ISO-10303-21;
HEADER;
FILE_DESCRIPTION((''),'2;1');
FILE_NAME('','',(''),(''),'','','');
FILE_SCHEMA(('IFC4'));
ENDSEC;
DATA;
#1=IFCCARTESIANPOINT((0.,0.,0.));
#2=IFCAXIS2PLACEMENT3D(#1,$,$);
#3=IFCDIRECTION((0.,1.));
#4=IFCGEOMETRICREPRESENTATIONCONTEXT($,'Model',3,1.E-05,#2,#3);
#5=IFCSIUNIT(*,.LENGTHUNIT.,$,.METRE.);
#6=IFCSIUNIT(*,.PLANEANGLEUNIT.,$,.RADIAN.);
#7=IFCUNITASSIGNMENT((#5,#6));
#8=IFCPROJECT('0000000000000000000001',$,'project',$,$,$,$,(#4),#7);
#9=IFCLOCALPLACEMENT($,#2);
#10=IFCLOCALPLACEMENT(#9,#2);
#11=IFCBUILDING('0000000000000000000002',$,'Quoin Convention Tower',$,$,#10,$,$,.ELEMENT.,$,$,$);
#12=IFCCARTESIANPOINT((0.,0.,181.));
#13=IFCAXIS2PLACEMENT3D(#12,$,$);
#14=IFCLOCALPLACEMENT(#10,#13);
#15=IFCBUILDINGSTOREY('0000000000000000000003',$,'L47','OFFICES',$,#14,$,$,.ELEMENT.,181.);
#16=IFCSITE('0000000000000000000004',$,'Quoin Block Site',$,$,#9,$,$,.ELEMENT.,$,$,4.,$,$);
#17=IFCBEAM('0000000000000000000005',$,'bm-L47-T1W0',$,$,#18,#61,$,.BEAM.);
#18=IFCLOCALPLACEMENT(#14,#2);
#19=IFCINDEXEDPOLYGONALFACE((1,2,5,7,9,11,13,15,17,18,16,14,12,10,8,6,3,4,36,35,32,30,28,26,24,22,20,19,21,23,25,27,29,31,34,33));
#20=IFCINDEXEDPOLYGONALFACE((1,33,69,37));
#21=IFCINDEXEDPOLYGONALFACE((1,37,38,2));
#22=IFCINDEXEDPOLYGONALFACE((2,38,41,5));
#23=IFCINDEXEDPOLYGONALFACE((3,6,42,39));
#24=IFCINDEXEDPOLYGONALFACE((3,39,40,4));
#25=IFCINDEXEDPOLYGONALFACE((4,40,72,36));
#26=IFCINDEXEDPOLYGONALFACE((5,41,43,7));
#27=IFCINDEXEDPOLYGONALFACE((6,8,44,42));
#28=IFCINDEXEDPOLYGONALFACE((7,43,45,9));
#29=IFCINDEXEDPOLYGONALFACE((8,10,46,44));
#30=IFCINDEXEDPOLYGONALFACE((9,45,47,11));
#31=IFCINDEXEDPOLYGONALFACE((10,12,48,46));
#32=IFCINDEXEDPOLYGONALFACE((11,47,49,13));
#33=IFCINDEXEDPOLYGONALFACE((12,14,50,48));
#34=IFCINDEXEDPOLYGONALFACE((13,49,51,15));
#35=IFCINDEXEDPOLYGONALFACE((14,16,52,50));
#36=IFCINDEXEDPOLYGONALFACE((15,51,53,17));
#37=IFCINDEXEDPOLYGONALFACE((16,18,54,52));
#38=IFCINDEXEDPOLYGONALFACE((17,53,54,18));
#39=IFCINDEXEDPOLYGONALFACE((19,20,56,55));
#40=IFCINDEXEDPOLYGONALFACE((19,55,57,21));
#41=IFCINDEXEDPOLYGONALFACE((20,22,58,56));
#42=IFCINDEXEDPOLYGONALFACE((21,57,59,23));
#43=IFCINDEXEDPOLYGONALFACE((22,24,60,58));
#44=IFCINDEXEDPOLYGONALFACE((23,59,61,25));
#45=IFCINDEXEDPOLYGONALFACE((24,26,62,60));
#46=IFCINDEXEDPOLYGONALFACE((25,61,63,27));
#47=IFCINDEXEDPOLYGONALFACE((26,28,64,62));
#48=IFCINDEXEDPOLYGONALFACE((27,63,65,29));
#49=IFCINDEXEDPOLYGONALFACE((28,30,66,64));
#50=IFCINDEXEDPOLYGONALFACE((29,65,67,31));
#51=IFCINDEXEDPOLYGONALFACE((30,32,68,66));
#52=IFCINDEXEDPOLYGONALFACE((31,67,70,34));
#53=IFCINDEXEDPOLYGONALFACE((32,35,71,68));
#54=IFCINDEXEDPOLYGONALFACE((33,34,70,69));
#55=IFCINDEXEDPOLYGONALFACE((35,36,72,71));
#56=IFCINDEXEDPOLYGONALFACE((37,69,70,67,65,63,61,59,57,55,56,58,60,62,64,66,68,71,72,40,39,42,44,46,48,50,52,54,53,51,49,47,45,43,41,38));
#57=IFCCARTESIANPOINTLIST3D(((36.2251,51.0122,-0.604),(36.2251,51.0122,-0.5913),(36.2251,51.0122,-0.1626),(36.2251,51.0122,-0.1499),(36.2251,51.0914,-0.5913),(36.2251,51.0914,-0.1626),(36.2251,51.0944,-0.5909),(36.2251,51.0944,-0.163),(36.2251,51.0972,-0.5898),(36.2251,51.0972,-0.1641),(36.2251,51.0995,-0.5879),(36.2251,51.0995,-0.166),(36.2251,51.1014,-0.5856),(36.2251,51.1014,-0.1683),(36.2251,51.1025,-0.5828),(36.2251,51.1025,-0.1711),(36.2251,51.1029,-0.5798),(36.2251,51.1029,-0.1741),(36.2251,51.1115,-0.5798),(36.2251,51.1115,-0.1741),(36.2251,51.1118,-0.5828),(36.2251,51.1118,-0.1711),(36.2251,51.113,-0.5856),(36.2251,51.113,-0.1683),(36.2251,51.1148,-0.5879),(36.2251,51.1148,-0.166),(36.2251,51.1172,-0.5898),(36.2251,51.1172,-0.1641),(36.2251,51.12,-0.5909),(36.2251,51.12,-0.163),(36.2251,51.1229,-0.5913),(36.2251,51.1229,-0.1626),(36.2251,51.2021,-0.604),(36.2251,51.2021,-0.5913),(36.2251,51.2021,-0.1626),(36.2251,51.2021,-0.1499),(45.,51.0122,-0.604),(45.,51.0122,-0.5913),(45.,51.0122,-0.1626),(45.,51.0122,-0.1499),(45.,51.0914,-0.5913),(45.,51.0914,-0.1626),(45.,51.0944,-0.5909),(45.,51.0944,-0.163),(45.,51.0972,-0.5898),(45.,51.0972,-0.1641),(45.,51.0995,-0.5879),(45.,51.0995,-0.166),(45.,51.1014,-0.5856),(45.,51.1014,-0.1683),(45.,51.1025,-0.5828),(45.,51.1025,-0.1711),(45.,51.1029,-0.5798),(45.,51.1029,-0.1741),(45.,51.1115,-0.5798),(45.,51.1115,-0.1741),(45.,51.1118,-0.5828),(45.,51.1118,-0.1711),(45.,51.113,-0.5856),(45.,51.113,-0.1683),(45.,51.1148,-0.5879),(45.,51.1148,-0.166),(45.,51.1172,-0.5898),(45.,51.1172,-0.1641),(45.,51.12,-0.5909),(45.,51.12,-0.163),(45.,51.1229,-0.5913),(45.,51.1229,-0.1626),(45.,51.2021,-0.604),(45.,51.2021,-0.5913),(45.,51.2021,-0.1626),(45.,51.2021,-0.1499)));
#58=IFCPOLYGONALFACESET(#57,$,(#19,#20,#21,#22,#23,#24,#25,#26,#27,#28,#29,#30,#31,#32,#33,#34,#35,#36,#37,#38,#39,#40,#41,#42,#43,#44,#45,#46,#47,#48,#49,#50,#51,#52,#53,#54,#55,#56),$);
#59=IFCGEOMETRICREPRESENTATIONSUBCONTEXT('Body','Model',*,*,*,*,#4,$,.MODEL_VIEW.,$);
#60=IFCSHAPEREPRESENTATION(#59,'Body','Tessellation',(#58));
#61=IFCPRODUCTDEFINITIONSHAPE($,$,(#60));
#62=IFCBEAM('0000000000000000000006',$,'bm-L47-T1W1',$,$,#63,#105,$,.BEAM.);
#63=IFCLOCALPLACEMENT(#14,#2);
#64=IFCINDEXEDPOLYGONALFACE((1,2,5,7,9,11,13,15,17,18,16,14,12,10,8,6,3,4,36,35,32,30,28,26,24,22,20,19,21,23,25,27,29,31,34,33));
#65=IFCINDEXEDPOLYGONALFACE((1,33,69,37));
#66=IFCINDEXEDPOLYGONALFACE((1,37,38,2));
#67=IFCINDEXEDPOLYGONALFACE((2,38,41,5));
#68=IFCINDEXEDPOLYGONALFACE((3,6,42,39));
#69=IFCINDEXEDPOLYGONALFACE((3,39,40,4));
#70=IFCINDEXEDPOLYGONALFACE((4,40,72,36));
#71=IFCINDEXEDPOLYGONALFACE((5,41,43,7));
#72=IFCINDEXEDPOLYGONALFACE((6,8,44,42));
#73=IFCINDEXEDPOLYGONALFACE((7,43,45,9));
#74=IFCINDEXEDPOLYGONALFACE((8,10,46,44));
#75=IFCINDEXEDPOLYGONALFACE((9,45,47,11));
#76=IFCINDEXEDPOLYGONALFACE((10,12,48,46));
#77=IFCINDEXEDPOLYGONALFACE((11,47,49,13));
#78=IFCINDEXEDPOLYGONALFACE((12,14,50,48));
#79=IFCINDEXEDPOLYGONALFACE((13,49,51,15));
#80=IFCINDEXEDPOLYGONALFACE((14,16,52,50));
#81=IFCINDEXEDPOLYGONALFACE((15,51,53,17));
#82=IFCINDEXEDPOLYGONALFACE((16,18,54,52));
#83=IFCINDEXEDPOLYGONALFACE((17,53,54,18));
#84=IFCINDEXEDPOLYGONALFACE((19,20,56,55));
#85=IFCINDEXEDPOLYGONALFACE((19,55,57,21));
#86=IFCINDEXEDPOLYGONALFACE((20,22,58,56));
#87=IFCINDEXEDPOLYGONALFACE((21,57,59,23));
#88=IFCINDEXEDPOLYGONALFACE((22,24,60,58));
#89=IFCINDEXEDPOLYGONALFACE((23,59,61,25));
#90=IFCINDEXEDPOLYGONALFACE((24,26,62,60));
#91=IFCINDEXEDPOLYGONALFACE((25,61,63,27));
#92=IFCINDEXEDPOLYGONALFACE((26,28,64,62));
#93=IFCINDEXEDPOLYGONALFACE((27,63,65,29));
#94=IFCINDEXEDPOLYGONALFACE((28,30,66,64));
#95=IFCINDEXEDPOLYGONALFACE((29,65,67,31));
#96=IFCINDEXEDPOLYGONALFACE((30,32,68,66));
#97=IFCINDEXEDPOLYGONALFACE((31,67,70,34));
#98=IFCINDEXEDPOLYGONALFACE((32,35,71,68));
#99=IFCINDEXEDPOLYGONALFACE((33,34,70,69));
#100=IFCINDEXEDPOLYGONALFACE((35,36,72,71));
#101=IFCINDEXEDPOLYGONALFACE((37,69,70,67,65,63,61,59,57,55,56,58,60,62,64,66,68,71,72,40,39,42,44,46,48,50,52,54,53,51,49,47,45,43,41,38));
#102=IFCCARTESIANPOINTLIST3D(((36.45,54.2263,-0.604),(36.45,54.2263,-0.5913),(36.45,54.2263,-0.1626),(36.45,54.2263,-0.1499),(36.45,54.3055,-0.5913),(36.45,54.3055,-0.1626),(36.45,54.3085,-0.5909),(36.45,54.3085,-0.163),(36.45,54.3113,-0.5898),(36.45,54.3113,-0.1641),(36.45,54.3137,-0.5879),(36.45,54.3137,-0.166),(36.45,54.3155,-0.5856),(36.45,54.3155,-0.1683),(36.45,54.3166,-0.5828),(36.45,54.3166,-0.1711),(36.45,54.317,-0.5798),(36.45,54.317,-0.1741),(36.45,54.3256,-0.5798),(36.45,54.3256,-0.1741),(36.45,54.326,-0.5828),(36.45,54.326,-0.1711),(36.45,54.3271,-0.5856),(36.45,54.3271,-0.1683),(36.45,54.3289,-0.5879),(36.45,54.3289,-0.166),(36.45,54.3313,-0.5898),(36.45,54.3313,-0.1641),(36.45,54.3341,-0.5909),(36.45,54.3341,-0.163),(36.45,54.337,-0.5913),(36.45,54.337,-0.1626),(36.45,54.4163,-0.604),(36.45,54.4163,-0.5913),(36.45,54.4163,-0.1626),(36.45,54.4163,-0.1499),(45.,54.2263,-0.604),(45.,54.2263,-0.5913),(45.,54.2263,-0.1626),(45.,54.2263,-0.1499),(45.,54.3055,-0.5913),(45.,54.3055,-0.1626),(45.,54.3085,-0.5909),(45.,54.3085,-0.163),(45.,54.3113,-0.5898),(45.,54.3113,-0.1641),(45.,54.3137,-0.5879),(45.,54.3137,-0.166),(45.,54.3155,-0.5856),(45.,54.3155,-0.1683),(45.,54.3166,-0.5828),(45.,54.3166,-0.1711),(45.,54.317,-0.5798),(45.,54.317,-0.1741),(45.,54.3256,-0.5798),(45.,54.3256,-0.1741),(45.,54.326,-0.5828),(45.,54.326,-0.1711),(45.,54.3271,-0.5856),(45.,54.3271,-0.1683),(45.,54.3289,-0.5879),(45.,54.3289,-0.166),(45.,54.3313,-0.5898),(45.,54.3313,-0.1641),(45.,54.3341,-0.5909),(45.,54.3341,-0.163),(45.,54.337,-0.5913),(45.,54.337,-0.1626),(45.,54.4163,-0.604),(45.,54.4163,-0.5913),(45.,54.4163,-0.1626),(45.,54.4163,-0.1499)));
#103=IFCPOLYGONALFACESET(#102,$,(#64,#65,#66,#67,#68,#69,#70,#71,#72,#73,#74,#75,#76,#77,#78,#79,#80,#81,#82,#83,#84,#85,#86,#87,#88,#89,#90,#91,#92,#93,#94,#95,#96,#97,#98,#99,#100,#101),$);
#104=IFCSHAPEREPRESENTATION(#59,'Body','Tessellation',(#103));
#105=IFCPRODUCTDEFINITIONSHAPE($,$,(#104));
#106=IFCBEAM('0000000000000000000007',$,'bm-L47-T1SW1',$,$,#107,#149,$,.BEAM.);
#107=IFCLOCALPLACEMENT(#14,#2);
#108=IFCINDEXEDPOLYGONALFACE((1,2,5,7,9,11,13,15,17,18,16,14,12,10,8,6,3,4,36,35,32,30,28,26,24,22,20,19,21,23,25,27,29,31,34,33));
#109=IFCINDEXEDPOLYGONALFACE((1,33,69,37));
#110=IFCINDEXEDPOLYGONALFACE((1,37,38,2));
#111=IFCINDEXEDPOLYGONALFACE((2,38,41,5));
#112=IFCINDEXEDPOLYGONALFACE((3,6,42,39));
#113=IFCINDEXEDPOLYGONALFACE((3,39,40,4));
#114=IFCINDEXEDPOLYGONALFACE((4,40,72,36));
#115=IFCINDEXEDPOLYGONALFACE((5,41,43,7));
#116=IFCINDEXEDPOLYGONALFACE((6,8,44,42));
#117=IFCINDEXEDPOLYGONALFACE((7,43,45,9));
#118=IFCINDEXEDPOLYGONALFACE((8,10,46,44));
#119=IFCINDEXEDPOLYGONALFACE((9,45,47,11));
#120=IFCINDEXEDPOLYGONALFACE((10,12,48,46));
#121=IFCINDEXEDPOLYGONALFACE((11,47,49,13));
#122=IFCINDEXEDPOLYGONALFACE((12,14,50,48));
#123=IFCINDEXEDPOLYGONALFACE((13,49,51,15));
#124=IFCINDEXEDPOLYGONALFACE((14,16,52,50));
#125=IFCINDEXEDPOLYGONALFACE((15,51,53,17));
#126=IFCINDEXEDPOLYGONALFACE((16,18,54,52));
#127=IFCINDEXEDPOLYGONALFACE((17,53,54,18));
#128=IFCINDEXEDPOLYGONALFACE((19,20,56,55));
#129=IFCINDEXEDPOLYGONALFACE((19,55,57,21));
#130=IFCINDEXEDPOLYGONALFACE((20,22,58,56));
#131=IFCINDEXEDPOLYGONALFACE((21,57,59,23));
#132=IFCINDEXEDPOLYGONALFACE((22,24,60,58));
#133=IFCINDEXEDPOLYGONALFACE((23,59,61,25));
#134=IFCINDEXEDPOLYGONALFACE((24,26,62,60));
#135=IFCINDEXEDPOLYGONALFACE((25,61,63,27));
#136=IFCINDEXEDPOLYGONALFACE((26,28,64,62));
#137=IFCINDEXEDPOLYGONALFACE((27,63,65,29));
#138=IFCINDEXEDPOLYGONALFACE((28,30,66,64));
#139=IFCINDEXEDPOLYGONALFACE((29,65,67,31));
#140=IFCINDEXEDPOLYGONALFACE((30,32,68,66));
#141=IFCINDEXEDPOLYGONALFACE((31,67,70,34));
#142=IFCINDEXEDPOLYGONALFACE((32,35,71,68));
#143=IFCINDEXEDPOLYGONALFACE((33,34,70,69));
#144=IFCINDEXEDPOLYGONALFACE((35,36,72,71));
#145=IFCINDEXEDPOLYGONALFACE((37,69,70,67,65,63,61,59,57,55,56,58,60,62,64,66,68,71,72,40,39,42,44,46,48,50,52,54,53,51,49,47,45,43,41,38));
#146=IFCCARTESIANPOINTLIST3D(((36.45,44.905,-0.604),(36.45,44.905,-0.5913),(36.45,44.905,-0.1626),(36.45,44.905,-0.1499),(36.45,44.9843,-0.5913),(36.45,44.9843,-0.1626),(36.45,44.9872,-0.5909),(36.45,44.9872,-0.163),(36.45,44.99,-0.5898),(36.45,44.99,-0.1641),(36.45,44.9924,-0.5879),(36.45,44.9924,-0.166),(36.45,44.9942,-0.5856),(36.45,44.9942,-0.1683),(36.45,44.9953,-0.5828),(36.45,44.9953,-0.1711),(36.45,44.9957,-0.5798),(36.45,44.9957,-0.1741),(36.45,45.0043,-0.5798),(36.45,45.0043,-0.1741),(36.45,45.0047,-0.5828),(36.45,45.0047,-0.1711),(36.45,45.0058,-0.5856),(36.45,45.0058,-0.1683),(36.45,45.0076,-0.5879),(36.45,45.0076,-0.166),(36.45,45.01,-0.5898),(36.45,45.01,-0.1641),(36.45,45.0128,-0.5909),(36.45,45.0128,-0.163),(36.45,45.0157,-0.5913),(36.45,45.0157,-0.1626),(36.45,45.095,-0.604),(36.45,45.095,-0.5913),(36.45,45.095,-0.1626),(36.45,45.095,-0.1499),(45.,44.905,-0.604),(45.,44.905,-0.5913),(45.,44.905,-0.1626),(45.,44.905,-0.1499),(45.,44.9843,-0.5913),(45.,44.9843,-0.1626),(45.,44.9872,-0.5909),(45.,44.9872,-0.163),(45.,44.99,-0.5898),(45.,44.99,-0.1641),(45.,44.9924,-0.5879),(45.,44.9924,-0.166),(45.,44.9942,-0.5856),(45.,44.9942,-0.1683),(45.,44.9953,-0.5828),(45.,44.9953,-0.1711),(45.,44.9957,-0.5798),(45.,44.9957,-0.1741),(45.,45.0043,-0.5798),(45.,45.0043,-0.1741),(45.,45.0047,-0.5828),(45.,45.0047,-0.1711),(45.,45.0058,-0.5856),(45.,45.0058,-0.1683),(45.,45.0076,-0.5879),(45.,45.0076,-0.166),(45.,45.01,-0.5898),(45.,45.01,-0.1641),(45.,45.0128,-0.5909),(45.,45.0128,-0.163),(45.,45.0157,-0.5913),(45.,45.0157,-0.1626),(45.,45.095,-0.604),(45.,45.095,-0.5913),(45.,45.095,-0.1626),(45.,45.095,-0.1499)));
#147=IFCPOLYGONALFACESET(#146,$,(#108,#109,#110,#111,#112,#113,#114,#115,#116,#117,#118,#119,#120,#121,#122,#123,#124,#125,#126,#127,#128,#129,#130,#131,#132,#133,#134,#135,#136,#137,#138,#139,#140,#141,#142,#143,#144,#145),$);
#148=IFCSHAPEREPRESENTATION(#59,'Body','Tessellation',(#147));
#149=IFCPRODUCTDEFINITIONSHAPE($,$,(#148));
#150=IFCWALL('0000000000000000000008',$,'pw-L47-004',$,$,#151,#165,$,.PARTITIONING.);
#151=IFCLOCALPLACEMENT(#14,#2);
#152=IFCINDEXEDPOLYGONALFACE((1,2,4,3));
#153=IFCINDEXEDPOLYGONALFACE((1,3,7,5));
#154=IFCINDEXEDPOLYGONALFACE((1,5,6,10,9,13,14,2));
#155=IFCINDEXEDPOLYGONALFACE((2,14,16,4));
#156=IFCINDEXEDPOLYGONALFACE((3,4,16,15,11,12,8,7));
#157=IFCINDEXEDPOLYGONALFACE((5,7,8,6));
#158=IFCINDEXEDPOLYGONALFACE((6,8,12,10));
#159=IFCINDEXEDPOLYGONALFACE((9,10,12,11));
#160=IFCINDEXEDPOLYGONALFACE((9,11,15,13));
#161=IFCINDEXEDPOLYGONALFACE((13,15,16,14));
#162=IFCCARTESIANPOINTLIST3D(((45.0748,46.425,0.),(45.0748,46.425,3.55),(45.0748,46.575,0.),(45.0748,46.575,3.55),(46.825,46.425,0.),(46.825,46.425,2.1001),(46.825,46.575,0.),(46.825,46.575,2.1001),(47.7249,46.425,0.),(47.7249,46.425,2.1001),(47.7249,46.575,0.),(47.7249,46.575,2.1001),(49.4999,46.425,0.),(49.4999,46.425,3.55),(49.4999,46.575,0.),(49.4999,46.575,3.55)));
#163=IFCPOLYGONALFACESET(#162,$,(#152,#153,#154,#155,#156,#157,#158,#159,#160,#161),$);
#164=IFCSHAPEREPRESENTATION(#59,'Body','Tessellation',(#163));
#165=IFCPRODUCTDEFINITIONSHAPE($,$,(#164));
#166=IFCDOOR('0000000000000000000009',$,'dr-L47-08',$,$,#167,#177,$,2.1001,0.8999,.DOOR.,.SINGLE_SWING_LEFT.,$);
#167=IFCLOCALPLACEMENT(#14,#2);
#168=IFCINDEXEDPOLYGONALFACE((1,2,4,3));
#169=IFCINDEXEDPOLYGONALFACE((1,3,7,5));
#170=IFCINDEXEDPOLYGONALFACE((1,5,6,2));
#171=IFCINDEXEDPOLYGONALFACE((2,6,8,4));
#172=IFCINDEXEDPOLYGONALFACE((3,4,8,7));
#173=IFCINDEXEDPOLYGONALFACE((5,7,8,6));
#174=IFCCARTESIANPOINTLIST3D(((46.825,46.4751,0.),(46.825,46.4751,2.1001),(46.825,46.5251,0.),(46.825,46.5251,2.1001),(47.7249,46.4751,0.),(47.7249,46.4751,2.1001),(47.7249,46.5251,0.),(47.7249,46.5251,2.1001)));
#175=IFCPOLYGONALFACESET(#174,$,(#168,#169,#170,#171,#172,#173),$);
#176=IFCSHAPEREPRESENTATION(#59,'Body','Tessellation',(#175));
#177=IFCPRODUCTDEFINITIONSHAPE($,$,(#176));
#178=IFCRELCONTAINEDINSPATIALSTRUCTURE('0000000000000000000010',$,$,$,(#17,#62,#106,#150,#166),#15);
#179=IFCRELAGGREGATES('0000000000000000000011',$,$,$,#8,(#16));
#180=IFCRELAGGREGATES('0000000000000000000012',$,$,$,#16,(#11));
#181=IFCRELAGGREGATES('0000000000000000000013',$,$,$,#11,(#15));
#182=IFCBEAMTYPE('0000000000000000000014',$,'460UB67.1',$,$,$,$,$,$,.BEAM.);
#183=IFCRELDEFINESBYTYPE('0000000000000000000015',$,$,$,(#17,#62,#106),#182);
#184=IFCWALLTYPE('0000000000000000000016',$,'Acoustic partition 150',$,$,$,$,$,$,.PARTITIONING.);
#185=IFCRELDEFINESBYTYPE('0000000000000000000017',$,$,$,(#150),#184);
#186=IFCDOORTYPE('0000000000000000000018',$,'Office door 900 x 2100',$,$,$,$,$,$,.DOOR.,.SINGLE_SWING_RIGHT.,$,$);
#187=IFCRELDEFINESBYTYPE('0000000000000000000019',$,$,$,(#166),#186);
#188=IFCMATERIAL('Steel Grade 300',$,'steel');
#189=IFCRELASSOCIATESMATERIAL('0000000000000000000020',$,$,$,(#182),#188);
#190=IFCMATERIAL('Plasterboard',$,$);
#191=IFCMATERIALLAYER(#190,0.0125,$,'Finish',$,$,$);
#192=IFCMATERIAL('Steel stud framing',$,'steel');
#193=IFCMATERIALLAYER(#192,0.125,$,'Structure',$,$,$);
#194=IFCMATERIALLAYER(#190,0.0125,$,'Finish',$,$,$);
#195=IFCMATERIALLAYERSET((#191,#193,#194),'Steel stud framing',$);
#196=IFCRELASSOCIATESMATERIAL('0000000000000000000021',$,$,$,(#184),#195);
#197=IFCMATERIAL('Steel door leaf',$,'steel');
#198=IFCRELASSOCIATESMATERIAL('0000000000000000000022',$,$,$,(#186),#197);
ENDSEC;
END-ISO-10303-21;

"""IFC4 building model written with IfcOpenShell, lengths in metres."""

from ifc_helpers import new_model, si_unit, direction, frame, frame_2d, origin, origin_2d, place, context, subcontext, project, spatial, rectangle, i_section, extrude, material, layer, layer_set, material_profile, profile_set, type_object, element, fill, save


model = new_model("IFC4")

# Units and contexts
model_context = context("Model", 3, precision=1e-05, world=origin(), true_north=direction((0.0, 1.0)))
body_context = subcontext(model_context, "Body", "Model", "MODEL_VIEW")
ifc_project = project(units=[si_unit("LENGTHUNIT", "METRE"), si_unit("PLANEANGLEUNIT", "RADIAN")], contexts=[model_context])

# Site, building, storey
site_placement = place(None, origin())
site = spatial("IfcSite", under=ifc_project, at=site_placement, Name="Quoin Block Site", CompositionType="ELEMENT", RefElevation=4.0)
building_placement = place(site_placement, origin())
building = spatial("IfcBuilding", under=site, at=building_placement, Name="Quoin Convention Tower", CompositionType="ELEMENT")
storey_placement = place(building_placement, frame((0.0, 0.0, 181.0)))
storey = spatial("IfcBuildingStorey", under=building, at=storey_placement, Name="L47", Description="OFFICES", CompositionType="ELEMENT", Elevation=181.0)

# Beams
ifc_material_1 = material(Name="Steel Grade 300", Category="steel")
ifc_material_profile = material_profile(ifc_material_1, i_section(OverallWidth=0.1899, OverallDepth=0.4541, WebThickness=0.0085, FlangeThickness=0.0127, FilletRadius=0.0115, at=origin_2d()), Name="460UB67.1")
ifc_profile_set = profile_set([ifc_material_profile], Name="Steel Grade 300")
beam_type = type_object("IfcBeamType", Name="460UB67.1", PredefinedType="BEAM", material=ifc_profile_set)
beam_placement = place(storey_placement, frame((36.2251, 51.1072, -0.377), z_axis=(1.0, 0.0, 0.0), x_axis=(0.0, 1.0, 0.0)))
element("IfcBeam", 1, at=beam_placement, inside=storey, type_object=beam_type, Name="bm-L47-T1W0", PredefinedType="BEAM", context=body_context, shape_type="SweptSolid", body=[
    extrude(i_section(OverallWidth=0.1899, OverallDepth=0.4541, WebThickness=0.0085, FlangeThickness=0.0127, FilletRadius=0.0115, at=origin_2d()), origin(), (0.0, 0.0, 1.0), 8.7749),
])
for number, where, z_axis, x_axis, name in (
    (2, (36.45, 54.3213, -0.377), (1.0, 0.0, 0.0), (0.0, 1.0, 0.0), "bm-L47-T1W1"),
    (3, (36.45, 45.0, -0.377), (1.0, 0.0, 0.0), (0.0, 1.0, 0.0), "bm-L47-T1SW1"),
):
    element("IfcBeam", number, at=place(storey_placement, frame(where, z_axis=z_axis, x_axis=x_axis)), inside=storey, type_object=beam_type, Name=name, PredefinedType="BEAM", context=body_context, shape_type="SweptSolid", body=[
        extrude(i_section(OverallWidth=0.1899, OverallDepth=0.4541, WebThickness=0.0085, FlangeThickness=0.0127, FilletRadius=0.0115, at=origin_2d()), origin(), (0.0, 0.0, 1.0), 8.55),
    ])

# Wall, opening, door
ifc_material_2 = material(Name="Plasterboard")
ifc_layer_1 = layer(ifc_material_2, 0.0125, Name="Finish")
ifc_material_3 = material(Name="Steel stud framing", Category="steel")
ifc_layer_2 = layer(ifc_material_3, 0.125, Name="Structure")
ifc_layer_3 = layer(ifc_material_2, 0.0125, Name="Finish")
ifc_layer_set_1 = layer_set([ifc_layer_1, ifc_layer_2, ifc_layer_3], Name="Steel stud framing")
wall_type_1 = type_object("IfcWallType", Name="Acoustic partition 150", PredefinedType="PARTITIONING", material=ifc_layer_set_1)
wall_1_placement = place(storey_placement, frame((45.075, 46.5, 0.0), z_axis=(0.0, 0.0, 1.0), x_axis=(1.0, 0.0, 0.0)))
wall_1 = element("IfcWall", 4, at=wall_1_placement, inside=storey, type_object=wall_type_1, Name="pw-L47-004", PredefinedType="PARTITIONING", context=body_context, shape_type="SweptSolid", body=[
    extrude(rectangle(XDim=4.425, YDim=0.1499, at=frame_2d((2.2124, 0.0))), origin(), (0.0, 0.0, 1.0), 3.55),
])
opening_1_placement = place(wall_1_placement, frame((1.75, 0.0, 0.0)))
opening_1 = element("IfcOpeningElement", 5, at=opening_1_placement, cuts=wall_1, PredefinedType="OPENING", context=body_context, shape_type="SweptSolid", body=[
    extrude(rectangle(XDim=0.8999, YDim=2.1001, at=frame_2d((0.45, 1.05))), frame((0.0, 0.085, 0.0), z_axis=(0.0, -1.0, 0.0), x_axis=(1.0, 0.0, 0.0)), (0.0, 0.0, 1.0), 0.1699),
])
ifc_material_4 = material(Name="Steel door leaf", Category="steel")
door_type_1 = type_object("IfcDoorType", Name="Office door 900 x 2100", OperationType="SINGLE_SWING_RIGHT", PredefinedType="DOOR", material=ifc_material_4)
door_1_placement = place(opening_1_placement, frame((0.8999, 0.0, 0.0), z_axis=(0.0, 0.0, 1.0), x_axis=(-1.0, 0.0, 0.0)))
door_1 = element("IfcDoor", 6, at=door_1_placement, inside=storey, type_object=door_type_1, Name="dr-L47-08", OperationType="SINGLE_SWING_LEFT", OverallHeight=2.1001, OverallWidth=0.8999, PredefinedType="DOOR", context=body_context, shape_type="SweptSolid", body=[
    extrude(rectangle(XDim=0.8999, YDim=2.1001, at=frame_2d((0.45, 1.05))), frame((0.0, 0.0249, 0.0), z_axis=(0.0, -1.0, 0.0), x_axis=(1.0, 0.0, 0.0)), (0.0, 0.0, 1.0), 0.05),
])
fill(opening_1, door_1)

save(model, "model.ifc")
